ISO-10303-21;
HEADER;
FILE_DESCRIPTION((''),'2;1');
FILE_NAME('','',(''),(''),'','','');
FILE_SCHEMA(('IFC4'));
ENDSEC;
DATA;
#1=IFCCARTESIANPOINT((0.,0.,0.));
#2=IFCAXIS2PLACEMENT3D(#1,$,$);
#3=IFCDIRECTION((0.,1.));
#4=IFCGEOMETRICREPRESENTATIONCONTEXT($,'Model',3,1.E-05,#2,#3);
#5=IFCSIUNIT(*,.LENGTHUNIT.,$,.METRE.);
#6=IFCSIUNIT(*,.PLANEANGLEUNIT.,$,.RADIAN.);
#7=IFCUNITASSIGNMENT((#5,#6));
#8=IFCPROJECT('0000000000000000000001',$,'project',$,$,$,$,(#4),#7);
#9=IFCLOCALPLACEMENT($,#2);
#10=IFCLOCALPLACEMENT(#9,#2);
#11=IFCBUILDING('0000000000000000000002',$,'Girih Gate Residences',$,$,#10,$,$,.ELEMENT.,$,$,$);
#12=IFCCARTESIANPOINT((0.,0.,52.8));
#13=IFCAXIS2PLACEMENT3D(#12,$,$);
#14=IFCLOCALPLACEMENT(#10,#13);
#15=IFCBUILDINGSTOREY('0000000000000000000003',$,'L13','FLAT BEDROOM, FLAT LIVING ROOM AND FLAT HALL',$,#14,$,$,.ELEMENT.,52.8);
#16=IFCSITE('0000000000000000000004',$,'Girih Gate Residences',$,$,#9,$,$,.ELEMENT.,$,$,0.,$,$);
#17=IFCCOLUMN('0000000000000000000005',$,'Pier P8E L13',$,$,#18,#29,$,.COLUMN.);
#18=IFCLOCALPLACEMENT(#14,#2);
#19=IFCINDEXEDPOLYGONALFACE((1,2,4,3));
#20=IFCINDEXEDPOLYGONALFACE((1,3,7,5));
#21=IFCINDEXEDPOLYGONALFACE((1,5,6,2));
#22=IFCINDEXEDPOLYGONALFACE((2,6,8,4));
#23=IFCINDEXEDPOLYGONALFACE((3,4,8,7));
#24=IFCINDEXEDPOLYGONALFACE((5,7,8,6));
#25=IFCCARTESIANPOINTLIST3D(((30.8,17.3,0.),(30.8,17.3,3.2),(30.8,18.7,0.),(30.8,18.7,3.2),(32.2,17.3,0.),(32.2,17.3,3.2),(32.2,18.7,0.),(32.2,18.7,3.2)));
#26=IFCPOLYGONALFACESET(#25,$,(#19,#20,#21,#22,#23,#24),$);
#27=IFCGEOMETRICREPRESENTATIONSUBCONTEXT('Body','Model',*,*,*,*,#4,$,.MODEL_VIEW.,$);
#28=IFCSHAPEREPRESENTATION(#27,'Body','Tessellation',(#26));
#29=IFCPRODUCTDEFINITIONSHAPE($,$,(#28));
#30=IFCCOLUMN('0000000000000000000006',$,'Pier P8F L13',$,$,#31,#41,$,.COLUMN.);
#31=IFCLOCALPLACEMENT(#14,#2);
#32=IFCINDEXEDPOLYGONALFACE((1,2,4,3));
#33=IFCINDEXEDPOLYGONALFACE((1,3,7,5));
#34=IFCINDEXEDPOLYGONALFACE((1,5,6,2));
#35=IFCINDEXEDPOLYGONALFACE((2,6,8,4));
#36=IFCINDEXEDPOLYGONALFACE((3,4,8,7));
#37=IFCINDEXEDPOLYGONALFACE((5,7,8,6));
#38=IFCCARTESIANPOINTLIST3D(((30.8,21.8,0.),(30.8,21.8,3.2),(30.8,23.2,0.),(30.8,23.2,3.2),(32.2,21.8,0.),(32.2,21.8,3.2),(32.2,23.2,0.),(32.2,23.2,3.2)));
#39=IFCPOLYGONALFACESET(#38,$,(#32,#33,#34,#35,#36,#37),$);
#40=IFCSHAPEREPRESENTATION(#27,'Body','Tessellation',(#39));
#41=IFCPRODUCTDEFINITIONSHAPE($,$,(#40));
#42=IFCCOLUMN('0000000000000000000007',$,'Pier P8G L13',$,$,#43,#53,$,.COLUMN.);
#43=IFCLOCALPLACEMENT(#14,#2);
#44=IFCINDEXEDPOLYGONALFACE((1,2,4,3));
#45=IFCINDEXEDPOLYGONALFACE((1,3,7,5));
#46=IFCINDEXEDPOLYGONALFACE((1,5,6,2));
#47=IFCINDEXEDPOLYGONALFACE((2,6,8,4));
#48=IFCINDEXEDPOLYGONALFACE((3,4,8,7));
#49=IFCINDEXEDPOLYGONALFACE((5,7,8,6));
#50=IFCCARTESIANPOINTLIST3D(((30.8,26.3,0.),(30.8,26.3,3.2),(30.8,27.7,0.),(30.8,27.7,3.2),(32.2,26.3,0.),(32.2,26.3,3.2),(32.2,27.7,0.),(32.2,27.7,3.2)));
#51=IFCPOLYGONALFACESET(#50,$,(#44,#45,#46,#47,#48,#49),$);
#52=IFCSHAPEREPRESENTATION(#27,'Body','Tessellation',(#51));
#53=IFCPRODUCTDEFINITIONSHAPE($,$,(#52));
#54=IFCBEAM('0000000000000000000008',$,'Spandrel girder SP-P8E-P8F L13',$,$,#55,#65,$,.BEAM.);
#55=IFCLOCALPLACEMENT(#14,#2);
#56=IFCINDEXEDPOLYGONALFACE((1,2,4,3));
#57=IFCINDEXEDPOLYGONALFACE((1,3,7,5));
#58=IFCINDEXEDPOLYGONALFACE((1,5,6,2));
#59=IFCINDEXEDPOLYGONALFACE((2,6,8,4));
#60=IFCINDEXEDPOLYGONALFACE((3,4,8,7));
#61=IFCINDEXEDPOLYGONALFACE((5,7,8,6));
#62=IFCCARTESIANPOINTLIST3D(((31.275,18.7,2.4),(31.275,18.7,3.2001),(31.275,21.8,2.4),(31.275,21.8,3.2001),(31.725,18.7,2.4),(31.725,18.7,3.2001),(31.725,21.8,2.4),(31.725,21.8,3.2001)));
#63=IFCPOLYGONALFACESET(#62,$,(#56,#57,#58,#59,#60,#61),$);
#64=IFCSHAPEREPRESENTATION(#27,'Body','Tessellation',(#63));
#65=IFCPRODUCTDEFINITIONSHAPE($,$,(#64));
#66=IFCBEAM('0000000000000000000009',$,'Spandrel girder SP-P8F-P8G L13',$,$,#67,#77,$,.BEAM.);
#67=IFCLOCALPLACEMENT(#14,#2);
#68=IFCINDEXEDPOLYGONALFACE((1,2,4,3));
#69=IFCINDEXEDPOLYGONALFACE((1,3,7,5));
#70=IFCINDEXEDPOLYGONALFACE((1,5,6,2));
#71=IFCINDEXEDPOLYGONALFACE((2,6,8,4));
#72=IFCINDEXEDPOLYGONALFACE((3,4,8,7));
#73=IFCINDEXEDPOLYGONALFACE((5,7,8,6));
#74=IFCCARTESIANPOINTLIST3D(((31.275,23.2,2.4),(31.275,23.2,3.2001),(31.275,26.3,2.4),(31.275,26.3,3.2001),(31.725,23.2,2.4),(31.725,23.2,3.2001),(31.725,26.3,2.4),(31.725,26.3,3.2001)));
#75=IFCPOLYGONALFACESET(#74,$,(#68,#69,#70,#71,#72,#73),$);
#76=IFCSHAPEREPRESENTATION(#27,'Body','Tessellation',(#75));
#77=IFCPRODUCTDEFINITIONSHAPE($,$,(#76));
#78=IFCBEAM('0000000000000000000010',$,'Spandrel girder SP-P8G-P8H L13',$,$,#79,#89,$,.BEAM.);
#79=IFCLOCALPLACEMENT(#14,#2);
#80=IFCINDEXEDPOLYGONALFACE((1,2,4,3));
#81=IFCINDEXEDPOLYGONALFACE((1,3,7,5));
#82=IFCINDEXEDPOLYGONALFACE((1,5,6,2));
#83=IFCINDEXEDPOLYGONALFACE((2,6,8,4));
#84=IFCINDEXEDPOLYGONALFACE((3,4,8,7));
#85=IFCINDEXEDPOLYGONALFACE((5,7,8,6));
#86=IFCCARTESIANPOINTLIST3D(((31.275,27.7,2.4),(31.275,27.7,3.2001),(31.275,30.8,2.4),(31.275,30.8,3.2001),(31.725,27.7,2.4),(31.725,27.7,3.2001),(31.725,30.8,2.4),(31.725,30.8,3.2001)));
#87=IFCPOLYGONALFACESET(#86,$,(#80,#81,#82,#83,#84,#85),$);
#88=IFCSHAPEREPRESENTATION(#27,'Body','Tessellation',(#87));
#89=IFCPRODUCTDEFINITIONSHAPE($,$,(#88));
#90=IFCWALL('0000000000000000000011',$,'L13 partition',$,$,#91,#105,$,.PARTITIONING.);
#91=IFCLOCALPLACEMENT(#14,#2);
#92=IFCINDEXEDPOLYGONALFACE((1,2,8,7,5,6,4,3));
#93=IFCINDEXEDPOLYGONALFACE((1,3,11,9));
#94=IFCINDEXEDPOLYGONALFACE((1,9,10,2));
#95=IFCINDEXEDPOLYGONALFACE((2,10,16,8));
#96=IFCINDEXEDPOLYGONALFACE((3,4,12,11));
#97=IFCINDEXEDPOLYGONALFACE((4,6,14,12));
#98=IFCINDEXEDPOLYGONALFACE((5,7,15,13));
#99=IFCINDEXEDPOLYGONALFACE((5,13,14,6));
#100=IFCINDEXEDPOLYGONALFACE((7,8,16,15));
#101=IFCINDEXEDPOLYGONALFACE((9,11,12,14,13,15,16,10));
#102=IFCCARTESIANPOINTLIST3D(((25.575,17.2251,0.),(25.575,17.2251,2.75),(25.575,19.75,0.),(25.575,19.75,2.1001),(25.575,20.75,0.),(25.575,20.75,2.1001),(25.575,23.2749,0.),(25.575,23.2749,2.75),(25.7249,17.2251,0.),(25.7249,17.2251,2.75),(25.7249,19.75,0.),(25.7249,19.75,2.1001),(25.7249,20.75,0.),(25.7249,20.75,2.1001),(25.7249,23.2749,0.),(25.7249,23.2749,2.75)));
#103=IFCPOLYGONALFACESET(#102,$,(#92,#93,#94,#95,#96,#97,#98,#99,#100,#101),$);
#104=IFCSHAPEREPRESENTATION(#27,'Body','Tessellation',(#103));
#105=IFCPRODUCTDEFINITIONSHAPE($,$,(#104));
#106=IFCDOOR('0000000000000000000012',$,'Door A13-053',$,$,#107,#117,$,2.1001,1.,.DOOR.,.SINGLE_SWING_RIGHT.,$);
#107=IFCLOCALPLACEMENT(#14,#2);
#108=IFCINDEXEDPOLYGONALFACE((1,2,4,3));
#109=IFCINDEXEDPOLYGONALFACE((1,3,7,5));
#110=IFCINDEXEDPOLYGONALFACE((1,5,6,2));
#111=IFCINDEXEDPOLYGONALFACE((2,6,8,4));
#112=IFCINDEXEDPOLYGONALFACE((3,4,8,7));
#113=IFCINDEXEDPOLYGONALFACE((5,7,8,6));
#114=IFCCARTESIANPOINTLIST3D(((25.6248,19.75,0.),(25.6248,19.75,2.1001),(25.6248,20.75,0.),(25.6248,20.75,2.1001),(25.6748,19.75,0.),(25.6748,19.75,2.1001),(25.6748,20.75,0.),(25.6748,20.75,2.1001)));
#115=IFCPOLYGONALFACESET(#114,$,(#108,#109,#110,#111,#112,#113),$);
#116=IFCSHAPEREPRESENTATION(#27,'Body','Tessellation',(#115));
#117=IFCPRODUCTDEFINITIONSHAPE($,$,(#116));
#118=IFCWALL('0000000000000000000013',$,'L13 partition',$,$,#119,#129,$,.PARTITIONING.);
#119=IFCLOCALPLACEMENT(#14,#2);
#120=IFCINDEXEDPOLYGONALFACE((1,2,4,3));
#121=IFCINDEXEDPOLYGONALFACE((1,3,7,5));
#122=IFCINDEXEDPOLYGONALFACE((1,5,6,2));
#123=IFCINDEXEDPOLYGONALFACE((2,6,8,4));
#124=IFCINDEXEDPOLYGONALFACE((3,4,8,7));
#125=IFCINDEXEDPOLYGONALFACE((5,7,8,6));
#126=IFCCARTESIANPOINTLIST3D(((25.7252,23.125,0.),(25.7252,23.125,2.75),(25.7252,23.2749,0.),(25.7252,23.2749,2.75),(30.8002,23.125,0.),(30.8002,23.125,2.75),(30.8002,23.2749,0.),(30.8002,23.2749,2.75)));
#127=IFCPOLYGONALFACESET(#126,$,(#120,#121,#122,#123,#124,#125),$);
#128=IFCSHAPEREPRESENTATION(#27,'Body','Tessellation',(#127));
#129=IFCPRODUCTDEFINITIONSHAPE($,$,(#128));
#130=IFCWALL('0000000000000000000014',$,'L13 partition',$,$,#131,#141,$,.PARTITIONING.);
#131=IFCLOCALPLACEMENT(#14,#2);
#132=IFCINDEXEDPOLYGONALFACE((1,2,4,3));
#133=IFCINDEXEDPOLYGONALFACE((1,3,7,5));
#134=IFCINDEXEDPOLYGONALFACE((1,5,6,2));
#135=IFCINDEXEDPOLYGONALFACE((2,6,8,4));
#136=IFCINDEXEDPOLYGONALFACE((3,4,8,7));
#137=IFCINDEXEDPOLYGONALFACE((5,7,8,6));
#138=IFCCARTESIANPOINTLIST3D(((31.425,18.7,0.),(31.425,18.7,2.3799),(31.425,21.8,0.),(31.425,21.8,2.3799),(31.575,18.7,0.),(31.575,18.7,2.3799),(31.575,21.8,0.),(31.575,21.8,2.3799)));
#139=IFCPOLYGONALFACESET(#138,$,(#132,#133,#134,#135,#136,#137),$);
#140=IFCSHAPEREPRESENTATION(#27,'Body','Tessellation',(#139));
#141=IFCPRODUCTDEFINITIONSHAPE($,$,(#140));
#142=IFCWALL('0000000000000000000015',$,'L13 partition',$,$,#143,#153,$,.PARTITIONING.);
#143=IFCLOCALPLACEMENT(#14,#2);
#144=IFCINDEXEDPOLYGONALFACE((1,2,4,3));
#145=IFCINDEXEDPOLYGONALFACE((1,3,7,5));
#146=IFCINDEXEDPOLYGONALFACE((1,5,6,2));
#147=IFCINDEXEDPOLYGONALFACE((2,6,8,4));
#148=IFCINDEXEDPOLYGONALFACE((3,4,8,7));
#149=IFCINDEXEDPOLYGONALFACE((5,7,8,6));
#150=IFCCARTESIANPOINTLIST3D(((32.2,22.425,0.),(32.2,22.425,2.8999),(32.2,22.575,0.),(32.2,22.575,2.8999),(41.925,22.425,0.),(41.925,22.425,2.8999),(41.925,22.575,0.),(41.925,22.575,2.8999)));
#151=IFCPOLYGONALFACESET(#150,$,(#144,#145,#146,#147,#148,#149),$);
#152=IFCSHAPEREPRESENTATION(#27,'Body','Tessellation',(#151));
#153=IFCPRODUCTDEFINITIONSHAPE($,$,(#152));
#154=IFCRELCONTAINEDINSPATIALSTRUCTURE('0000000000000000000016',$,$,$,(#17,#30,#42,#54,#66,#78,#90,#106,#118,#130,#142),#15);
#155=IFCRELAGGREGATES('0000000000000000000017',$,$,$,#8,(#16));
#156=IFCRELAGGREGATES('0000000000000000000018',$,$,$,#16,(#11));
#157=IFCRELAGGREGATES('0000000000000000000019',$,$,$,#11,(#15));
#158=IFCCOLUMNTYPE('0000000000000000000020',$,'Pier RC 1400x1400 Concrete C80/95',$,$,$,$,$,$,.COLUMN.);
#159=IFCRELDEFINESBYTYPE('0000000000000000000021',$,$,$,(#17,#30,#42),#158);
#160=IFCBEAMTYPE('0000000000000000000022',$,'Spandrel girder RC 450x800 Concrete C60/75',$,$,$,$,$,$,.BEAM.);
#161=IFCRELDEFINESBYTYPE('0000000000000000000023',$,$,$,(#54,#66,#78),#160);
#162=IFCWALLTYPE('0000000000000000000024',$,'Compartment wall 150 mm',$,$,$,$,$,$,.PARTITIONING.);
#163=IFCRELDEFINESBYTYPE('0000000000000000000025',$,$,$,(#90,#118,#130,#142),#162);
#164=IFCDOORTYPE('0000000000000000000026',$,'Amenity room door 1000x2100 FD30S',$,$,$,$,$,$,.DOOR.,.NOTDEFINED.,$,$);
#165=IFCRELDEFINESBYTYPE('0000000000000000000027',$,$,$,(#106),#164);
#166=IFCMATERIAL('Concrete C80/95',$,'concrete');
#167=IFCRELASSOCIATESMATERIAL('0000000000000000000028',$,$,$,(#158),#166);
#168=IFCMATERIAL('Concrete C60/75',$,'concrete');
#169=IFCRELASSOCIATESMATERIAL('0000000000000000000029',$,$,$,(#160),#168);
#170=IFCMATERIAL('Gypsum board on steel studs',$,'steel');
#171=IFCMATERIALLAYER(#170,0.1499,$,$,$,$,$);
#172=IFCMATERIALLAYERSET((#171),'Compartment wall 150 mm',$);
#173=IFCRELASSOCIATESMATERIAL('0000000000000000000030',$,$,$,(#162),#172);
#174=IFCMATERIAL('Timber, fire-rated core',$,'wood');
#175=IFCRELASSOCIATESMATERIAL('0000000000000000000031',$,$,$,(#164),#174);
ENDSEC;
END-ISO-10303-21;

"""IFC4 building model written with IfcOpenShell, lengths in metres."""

from ifc_helpers import new_model, si_unit, direction, frame, frame_2d, origin, origin_2d, place, context, subcontext, project, spatial, rectangle, extrude, material, layer, layer_set, material_profile, profile_set, type_object, element, fill, save


model = new_model("IFC4")

# Units and contexts
model_context = context("Model", 3, precision=1e-05, world=origin(), true_north=direction((0.0, 1.0)))
body_context = subcontext(model_context, "Body", "Model", "MODEL_VIEW")
ifc_project = project(units=[si_unit("LENGTHUNIT", "METRE"), si_unit("PLANEANGLEUNIT", "RADIAN")], contexts=[model_context])

# Site, building, storey
site_placement = place(None, origin())
site = spatial("IfcSite", under=ifc_project, at=site_placement, Name="Girih Gate Residences", CompositionType="ELEMENT", RefElevation=0.0)
building_placement = place(site_placement, origin())
building = spatial("IfcBuilding", under=site, at=building_placement, Name="Girih Gate Residences", CompositionType="ELEMENT")
storey_placement = place(building_placement, frame((0.0, 0.0, 52.8)))
storey = spatial("IfcBuildingStorey", under=building, at=storey_placement, Name="L13", Description="FLAT BEDROOM, FLAT LIVING ROOM AND FLAT HALL", CompositionType="ELEMENT", Elevation=52.8)

# Columns
ifc_material_1 = material(Name="Concrete C80/95", Category="concrete")
ifc_material_profile_1 = material_profile(ifc_material_1, rectangle(XDim=1.3999, YDim=1.3999, at=origin_2d()))
ifc_profile_set_1 = profile_set([ifc_material_profile_1], Name="Concrete C80/95")
column_type = type_object("IfcColumnType", Name="Pier RC 1400x1400 Concrete C80/95", PredefinedType="COLUMN", material=ifc_profile_set_1)
for number, where, z_axis, x_axis, name in (
    (1, (31.5, 18.0, 0.0), (0.0, 0.0, 1.0), (1.0, 0.0, 0.0), "Pier P8E L13"),
    (2, (31.5, 22.5, 0.0), (0.0, 0.0, 1.0), (1.0, 0.0, 0.0), "Pier P8F L13"),
    (3, (31.5, 27.0, 0.0), (0.0, 0.0, 1.0), (1.0, 0.0, 0.0), "Pier P8G L13"),
):
    element("IfcColumn", number, at=place(storey_placement, frame(where, z_axis=z_axis, x_axis=x_axis)), inside=storey, type_object=column_type, Name=name, PredefinedType="COLUMN", context=body_context, shape_type="SweptSolid", body=[
        extrude(rectangle(XDim=1.3999, YDim=1.3999, at=origin_2d()), origin(), (0.0, 0.0, 1.0), 3.2),
    ])

# Beams
ifc_material_2 = material(Name="Concrete C60/75", Category="concrete")
ifc_material_profile_2 = material_profile(ifc_material_2, rectangle(XDim=0.45, YDim=0.8, at=origin_2d()))
ifc_profile_set_2 = profile_set([ifc_material_profile_2], Name="Concrete C60/75")
beam_type = type_object("IfcBeamType", Name="Spandrel girder RC 450x800 Concrete C60/75", PredefinedType="BEAM", material=ifc_profile_set_2)
for number, where, z_axis, x_axis, name in (
    (4, (31.5, 18.7, 2.8), (0.0, 1.0, 0.0), (-1.0, 0.0, 0.0), "Spandrel girder SP-P8E-P8F L13"),
    (5, (31.5, 23.2, 2.8), (0.0, 1.0, 0.0), (-1.0, 0.0, 0.0), "Spandrel girder SP-P8F-P8G L13"),
    (6, (31.5, 27.7, 2.8), (0.0, 1.0, 0.0), (-1.0, 0.0, 0.0), "Spandrel girder SP-P8G-P8H L13"),
):
    element("IfcBeam", number, at=place(storey_placement, frame(where, z_axis=z_axis, x_axis=x_axis)), inside=storey, type_object=beam_type, Name=name, PredefinedType="BEAM", context=body_context, shape_type="SweptSolid", body=[
        extrude(rectangle(XDim=0.45, YDim=0.8, at=origin_2d()), origin(), (0.0, 0.0, 1.0), 3.1001),
    ])

# Wall, opening, door
ifc_material_3 = material(Name="Gypsum board on steel studs", Category="steel")
ifc_layer_1 = layer(ifc_material_3, 0.1499)
ifc_layer_set_1 = layer_set([ifc_layer_1], Name="Compartment wall 150 mm")
wall_type_1 = type_object("IfcWallType", Name="Compartment wall 150 mm", PredefinedType="PARTITIONING", material=ifc_layer_set_1)
wall_1_placement = place(storey_placement, frame((25.6499, 23.2749, 0.0), z_axis=(0.0, 0.0, 1.0), x_axis=(0.0, -1.0, 0.0)))
wall_1 = element("IfcWall", 7, at=wall_1_placement, inside=storey, type_object=wall_type_1, Name="L13 partition", PredefinedType="PARTITIONING", context=body_context, shape_type="SweptSolid", body=[
    extrude(rectangle(XDim=6.0498, YDim=0.1499, at=frame_2d((3.0249, 0.0))), origin(), (0.0, 0.0, 1.0), 2.75),
])
opening_1_placement = place(wall_1_placement, frame((2.5249, 0.0, 0.0)))
opening_1 = element("IfcOpeningElement", 8, at=opening_1_placement, cuts=wall_1, PredefinedType="OPENING", context=body_context, shape_type="SweptSolid", body=[
    extrude(rectangle(XDim=1.0, YDim=2.1001, at=frame_2d((0.5, 1.05))), frame((0.0, 0.085, 0.0), z_axis=(0.0, -1.0, 0.0), x_axis=(1.0, 0.0, 0.0)), (0.0, 0.0, 1.0), 0.1699),
])
ifc_material_4 = material(Name="Timber, fire-rated core", Category="wood")
door_type_1 = type_object("IfcDoorType", Name="Amenity room door 1000x2100 FD30S", OperationType="NOTDEFINED", PredefinedType="DOOR", material=ifc_material_4)
door_1_placement = place(opening_1_placement, origin())
door_1 = element("IfcDoor", 9, at=door_1_placement, inside=storey, type_object=door_type_1, Name="Door A13-053", OperationType="SINGLE_SWING_RIGHT", OverallHeight=2.1001, OverallWidth=1.0, PredefinedType="DOOR", context=body_context, shape_type="SweptSolid", body=[
    extrude(rectangle(XDim=1.0, YDim=2.1001, at=frame_2d((0.5, 1.05))), frame((0.0, 0.0249, 0.0), z_axis=(0.0, -1.0, 0.0), x_axis=(1.0, 0.0, 0.0)), (0.0, 0.0, 1.0), 0.05),
])
fill(opening_1, door_1)

# Walls
wall_2_placement = place(storey_placement, frame((25.7251, 23.2, 0.0), z_axis=(0.0, 0.0, 1.0), x_axis=(1.0, 0.0, 0.0)))
element("IfcWall", 10, at=wall_2_placement, inside=storey, type_object=wall_type_1, Name="L13 partition", PredefinedType="PARTITIONING", context=body_context, shape_type="SweptSolid", body=[
    extrude(rectangle(XDim=5.075, YDim=0.1499, at=frame_2d((2.5376, 0.0))), origin(), (0.0, 0.0, 1.0), 2.75),
])
wall_3_placement = place(storey_placement, frame((31.5, 18.7, 0.0), z_axis=(0.0, 0.0, 1.0), x_axis=(0.0, 1.0, 0.0)))
element("IfcWall", 11, at=wall_3_placement, inside=storey, type_object=wall_type_1, Name="L13 partition", PredefinedType="PARTITIONING", context=body_context, shape_type="SweptSolid", body=[
    extrude(rectangle(XDim=3.1001, YDim=0.1499, at=frame_2d((1.55, 0.0))), origin(), (0.0, 0.0, 1.0), 2.3799),
])
wall_4_placement = place(storey_placement, frame((32.2, 22.5, 0.0), z_axis=(0.0, 0.0, 1.0), x_axis=(1.0, 0.0, 0.0)))
element("IfcWall", 12, at=wall_4_placement, inside=storey, type_object=wall_type_1, Name="L13 partition", PredefinedType="PARTITIONING", context=body_context, shape_type="SweptSolid", body=[
    extrude(rectangle(XDim=9.7251, YDim=0.1499, at=frame_2d((4.8625, 0.0))), origin(), (0.0, 0.0, 1.0), 2.8999),
])

save(model, "model.ifc")
